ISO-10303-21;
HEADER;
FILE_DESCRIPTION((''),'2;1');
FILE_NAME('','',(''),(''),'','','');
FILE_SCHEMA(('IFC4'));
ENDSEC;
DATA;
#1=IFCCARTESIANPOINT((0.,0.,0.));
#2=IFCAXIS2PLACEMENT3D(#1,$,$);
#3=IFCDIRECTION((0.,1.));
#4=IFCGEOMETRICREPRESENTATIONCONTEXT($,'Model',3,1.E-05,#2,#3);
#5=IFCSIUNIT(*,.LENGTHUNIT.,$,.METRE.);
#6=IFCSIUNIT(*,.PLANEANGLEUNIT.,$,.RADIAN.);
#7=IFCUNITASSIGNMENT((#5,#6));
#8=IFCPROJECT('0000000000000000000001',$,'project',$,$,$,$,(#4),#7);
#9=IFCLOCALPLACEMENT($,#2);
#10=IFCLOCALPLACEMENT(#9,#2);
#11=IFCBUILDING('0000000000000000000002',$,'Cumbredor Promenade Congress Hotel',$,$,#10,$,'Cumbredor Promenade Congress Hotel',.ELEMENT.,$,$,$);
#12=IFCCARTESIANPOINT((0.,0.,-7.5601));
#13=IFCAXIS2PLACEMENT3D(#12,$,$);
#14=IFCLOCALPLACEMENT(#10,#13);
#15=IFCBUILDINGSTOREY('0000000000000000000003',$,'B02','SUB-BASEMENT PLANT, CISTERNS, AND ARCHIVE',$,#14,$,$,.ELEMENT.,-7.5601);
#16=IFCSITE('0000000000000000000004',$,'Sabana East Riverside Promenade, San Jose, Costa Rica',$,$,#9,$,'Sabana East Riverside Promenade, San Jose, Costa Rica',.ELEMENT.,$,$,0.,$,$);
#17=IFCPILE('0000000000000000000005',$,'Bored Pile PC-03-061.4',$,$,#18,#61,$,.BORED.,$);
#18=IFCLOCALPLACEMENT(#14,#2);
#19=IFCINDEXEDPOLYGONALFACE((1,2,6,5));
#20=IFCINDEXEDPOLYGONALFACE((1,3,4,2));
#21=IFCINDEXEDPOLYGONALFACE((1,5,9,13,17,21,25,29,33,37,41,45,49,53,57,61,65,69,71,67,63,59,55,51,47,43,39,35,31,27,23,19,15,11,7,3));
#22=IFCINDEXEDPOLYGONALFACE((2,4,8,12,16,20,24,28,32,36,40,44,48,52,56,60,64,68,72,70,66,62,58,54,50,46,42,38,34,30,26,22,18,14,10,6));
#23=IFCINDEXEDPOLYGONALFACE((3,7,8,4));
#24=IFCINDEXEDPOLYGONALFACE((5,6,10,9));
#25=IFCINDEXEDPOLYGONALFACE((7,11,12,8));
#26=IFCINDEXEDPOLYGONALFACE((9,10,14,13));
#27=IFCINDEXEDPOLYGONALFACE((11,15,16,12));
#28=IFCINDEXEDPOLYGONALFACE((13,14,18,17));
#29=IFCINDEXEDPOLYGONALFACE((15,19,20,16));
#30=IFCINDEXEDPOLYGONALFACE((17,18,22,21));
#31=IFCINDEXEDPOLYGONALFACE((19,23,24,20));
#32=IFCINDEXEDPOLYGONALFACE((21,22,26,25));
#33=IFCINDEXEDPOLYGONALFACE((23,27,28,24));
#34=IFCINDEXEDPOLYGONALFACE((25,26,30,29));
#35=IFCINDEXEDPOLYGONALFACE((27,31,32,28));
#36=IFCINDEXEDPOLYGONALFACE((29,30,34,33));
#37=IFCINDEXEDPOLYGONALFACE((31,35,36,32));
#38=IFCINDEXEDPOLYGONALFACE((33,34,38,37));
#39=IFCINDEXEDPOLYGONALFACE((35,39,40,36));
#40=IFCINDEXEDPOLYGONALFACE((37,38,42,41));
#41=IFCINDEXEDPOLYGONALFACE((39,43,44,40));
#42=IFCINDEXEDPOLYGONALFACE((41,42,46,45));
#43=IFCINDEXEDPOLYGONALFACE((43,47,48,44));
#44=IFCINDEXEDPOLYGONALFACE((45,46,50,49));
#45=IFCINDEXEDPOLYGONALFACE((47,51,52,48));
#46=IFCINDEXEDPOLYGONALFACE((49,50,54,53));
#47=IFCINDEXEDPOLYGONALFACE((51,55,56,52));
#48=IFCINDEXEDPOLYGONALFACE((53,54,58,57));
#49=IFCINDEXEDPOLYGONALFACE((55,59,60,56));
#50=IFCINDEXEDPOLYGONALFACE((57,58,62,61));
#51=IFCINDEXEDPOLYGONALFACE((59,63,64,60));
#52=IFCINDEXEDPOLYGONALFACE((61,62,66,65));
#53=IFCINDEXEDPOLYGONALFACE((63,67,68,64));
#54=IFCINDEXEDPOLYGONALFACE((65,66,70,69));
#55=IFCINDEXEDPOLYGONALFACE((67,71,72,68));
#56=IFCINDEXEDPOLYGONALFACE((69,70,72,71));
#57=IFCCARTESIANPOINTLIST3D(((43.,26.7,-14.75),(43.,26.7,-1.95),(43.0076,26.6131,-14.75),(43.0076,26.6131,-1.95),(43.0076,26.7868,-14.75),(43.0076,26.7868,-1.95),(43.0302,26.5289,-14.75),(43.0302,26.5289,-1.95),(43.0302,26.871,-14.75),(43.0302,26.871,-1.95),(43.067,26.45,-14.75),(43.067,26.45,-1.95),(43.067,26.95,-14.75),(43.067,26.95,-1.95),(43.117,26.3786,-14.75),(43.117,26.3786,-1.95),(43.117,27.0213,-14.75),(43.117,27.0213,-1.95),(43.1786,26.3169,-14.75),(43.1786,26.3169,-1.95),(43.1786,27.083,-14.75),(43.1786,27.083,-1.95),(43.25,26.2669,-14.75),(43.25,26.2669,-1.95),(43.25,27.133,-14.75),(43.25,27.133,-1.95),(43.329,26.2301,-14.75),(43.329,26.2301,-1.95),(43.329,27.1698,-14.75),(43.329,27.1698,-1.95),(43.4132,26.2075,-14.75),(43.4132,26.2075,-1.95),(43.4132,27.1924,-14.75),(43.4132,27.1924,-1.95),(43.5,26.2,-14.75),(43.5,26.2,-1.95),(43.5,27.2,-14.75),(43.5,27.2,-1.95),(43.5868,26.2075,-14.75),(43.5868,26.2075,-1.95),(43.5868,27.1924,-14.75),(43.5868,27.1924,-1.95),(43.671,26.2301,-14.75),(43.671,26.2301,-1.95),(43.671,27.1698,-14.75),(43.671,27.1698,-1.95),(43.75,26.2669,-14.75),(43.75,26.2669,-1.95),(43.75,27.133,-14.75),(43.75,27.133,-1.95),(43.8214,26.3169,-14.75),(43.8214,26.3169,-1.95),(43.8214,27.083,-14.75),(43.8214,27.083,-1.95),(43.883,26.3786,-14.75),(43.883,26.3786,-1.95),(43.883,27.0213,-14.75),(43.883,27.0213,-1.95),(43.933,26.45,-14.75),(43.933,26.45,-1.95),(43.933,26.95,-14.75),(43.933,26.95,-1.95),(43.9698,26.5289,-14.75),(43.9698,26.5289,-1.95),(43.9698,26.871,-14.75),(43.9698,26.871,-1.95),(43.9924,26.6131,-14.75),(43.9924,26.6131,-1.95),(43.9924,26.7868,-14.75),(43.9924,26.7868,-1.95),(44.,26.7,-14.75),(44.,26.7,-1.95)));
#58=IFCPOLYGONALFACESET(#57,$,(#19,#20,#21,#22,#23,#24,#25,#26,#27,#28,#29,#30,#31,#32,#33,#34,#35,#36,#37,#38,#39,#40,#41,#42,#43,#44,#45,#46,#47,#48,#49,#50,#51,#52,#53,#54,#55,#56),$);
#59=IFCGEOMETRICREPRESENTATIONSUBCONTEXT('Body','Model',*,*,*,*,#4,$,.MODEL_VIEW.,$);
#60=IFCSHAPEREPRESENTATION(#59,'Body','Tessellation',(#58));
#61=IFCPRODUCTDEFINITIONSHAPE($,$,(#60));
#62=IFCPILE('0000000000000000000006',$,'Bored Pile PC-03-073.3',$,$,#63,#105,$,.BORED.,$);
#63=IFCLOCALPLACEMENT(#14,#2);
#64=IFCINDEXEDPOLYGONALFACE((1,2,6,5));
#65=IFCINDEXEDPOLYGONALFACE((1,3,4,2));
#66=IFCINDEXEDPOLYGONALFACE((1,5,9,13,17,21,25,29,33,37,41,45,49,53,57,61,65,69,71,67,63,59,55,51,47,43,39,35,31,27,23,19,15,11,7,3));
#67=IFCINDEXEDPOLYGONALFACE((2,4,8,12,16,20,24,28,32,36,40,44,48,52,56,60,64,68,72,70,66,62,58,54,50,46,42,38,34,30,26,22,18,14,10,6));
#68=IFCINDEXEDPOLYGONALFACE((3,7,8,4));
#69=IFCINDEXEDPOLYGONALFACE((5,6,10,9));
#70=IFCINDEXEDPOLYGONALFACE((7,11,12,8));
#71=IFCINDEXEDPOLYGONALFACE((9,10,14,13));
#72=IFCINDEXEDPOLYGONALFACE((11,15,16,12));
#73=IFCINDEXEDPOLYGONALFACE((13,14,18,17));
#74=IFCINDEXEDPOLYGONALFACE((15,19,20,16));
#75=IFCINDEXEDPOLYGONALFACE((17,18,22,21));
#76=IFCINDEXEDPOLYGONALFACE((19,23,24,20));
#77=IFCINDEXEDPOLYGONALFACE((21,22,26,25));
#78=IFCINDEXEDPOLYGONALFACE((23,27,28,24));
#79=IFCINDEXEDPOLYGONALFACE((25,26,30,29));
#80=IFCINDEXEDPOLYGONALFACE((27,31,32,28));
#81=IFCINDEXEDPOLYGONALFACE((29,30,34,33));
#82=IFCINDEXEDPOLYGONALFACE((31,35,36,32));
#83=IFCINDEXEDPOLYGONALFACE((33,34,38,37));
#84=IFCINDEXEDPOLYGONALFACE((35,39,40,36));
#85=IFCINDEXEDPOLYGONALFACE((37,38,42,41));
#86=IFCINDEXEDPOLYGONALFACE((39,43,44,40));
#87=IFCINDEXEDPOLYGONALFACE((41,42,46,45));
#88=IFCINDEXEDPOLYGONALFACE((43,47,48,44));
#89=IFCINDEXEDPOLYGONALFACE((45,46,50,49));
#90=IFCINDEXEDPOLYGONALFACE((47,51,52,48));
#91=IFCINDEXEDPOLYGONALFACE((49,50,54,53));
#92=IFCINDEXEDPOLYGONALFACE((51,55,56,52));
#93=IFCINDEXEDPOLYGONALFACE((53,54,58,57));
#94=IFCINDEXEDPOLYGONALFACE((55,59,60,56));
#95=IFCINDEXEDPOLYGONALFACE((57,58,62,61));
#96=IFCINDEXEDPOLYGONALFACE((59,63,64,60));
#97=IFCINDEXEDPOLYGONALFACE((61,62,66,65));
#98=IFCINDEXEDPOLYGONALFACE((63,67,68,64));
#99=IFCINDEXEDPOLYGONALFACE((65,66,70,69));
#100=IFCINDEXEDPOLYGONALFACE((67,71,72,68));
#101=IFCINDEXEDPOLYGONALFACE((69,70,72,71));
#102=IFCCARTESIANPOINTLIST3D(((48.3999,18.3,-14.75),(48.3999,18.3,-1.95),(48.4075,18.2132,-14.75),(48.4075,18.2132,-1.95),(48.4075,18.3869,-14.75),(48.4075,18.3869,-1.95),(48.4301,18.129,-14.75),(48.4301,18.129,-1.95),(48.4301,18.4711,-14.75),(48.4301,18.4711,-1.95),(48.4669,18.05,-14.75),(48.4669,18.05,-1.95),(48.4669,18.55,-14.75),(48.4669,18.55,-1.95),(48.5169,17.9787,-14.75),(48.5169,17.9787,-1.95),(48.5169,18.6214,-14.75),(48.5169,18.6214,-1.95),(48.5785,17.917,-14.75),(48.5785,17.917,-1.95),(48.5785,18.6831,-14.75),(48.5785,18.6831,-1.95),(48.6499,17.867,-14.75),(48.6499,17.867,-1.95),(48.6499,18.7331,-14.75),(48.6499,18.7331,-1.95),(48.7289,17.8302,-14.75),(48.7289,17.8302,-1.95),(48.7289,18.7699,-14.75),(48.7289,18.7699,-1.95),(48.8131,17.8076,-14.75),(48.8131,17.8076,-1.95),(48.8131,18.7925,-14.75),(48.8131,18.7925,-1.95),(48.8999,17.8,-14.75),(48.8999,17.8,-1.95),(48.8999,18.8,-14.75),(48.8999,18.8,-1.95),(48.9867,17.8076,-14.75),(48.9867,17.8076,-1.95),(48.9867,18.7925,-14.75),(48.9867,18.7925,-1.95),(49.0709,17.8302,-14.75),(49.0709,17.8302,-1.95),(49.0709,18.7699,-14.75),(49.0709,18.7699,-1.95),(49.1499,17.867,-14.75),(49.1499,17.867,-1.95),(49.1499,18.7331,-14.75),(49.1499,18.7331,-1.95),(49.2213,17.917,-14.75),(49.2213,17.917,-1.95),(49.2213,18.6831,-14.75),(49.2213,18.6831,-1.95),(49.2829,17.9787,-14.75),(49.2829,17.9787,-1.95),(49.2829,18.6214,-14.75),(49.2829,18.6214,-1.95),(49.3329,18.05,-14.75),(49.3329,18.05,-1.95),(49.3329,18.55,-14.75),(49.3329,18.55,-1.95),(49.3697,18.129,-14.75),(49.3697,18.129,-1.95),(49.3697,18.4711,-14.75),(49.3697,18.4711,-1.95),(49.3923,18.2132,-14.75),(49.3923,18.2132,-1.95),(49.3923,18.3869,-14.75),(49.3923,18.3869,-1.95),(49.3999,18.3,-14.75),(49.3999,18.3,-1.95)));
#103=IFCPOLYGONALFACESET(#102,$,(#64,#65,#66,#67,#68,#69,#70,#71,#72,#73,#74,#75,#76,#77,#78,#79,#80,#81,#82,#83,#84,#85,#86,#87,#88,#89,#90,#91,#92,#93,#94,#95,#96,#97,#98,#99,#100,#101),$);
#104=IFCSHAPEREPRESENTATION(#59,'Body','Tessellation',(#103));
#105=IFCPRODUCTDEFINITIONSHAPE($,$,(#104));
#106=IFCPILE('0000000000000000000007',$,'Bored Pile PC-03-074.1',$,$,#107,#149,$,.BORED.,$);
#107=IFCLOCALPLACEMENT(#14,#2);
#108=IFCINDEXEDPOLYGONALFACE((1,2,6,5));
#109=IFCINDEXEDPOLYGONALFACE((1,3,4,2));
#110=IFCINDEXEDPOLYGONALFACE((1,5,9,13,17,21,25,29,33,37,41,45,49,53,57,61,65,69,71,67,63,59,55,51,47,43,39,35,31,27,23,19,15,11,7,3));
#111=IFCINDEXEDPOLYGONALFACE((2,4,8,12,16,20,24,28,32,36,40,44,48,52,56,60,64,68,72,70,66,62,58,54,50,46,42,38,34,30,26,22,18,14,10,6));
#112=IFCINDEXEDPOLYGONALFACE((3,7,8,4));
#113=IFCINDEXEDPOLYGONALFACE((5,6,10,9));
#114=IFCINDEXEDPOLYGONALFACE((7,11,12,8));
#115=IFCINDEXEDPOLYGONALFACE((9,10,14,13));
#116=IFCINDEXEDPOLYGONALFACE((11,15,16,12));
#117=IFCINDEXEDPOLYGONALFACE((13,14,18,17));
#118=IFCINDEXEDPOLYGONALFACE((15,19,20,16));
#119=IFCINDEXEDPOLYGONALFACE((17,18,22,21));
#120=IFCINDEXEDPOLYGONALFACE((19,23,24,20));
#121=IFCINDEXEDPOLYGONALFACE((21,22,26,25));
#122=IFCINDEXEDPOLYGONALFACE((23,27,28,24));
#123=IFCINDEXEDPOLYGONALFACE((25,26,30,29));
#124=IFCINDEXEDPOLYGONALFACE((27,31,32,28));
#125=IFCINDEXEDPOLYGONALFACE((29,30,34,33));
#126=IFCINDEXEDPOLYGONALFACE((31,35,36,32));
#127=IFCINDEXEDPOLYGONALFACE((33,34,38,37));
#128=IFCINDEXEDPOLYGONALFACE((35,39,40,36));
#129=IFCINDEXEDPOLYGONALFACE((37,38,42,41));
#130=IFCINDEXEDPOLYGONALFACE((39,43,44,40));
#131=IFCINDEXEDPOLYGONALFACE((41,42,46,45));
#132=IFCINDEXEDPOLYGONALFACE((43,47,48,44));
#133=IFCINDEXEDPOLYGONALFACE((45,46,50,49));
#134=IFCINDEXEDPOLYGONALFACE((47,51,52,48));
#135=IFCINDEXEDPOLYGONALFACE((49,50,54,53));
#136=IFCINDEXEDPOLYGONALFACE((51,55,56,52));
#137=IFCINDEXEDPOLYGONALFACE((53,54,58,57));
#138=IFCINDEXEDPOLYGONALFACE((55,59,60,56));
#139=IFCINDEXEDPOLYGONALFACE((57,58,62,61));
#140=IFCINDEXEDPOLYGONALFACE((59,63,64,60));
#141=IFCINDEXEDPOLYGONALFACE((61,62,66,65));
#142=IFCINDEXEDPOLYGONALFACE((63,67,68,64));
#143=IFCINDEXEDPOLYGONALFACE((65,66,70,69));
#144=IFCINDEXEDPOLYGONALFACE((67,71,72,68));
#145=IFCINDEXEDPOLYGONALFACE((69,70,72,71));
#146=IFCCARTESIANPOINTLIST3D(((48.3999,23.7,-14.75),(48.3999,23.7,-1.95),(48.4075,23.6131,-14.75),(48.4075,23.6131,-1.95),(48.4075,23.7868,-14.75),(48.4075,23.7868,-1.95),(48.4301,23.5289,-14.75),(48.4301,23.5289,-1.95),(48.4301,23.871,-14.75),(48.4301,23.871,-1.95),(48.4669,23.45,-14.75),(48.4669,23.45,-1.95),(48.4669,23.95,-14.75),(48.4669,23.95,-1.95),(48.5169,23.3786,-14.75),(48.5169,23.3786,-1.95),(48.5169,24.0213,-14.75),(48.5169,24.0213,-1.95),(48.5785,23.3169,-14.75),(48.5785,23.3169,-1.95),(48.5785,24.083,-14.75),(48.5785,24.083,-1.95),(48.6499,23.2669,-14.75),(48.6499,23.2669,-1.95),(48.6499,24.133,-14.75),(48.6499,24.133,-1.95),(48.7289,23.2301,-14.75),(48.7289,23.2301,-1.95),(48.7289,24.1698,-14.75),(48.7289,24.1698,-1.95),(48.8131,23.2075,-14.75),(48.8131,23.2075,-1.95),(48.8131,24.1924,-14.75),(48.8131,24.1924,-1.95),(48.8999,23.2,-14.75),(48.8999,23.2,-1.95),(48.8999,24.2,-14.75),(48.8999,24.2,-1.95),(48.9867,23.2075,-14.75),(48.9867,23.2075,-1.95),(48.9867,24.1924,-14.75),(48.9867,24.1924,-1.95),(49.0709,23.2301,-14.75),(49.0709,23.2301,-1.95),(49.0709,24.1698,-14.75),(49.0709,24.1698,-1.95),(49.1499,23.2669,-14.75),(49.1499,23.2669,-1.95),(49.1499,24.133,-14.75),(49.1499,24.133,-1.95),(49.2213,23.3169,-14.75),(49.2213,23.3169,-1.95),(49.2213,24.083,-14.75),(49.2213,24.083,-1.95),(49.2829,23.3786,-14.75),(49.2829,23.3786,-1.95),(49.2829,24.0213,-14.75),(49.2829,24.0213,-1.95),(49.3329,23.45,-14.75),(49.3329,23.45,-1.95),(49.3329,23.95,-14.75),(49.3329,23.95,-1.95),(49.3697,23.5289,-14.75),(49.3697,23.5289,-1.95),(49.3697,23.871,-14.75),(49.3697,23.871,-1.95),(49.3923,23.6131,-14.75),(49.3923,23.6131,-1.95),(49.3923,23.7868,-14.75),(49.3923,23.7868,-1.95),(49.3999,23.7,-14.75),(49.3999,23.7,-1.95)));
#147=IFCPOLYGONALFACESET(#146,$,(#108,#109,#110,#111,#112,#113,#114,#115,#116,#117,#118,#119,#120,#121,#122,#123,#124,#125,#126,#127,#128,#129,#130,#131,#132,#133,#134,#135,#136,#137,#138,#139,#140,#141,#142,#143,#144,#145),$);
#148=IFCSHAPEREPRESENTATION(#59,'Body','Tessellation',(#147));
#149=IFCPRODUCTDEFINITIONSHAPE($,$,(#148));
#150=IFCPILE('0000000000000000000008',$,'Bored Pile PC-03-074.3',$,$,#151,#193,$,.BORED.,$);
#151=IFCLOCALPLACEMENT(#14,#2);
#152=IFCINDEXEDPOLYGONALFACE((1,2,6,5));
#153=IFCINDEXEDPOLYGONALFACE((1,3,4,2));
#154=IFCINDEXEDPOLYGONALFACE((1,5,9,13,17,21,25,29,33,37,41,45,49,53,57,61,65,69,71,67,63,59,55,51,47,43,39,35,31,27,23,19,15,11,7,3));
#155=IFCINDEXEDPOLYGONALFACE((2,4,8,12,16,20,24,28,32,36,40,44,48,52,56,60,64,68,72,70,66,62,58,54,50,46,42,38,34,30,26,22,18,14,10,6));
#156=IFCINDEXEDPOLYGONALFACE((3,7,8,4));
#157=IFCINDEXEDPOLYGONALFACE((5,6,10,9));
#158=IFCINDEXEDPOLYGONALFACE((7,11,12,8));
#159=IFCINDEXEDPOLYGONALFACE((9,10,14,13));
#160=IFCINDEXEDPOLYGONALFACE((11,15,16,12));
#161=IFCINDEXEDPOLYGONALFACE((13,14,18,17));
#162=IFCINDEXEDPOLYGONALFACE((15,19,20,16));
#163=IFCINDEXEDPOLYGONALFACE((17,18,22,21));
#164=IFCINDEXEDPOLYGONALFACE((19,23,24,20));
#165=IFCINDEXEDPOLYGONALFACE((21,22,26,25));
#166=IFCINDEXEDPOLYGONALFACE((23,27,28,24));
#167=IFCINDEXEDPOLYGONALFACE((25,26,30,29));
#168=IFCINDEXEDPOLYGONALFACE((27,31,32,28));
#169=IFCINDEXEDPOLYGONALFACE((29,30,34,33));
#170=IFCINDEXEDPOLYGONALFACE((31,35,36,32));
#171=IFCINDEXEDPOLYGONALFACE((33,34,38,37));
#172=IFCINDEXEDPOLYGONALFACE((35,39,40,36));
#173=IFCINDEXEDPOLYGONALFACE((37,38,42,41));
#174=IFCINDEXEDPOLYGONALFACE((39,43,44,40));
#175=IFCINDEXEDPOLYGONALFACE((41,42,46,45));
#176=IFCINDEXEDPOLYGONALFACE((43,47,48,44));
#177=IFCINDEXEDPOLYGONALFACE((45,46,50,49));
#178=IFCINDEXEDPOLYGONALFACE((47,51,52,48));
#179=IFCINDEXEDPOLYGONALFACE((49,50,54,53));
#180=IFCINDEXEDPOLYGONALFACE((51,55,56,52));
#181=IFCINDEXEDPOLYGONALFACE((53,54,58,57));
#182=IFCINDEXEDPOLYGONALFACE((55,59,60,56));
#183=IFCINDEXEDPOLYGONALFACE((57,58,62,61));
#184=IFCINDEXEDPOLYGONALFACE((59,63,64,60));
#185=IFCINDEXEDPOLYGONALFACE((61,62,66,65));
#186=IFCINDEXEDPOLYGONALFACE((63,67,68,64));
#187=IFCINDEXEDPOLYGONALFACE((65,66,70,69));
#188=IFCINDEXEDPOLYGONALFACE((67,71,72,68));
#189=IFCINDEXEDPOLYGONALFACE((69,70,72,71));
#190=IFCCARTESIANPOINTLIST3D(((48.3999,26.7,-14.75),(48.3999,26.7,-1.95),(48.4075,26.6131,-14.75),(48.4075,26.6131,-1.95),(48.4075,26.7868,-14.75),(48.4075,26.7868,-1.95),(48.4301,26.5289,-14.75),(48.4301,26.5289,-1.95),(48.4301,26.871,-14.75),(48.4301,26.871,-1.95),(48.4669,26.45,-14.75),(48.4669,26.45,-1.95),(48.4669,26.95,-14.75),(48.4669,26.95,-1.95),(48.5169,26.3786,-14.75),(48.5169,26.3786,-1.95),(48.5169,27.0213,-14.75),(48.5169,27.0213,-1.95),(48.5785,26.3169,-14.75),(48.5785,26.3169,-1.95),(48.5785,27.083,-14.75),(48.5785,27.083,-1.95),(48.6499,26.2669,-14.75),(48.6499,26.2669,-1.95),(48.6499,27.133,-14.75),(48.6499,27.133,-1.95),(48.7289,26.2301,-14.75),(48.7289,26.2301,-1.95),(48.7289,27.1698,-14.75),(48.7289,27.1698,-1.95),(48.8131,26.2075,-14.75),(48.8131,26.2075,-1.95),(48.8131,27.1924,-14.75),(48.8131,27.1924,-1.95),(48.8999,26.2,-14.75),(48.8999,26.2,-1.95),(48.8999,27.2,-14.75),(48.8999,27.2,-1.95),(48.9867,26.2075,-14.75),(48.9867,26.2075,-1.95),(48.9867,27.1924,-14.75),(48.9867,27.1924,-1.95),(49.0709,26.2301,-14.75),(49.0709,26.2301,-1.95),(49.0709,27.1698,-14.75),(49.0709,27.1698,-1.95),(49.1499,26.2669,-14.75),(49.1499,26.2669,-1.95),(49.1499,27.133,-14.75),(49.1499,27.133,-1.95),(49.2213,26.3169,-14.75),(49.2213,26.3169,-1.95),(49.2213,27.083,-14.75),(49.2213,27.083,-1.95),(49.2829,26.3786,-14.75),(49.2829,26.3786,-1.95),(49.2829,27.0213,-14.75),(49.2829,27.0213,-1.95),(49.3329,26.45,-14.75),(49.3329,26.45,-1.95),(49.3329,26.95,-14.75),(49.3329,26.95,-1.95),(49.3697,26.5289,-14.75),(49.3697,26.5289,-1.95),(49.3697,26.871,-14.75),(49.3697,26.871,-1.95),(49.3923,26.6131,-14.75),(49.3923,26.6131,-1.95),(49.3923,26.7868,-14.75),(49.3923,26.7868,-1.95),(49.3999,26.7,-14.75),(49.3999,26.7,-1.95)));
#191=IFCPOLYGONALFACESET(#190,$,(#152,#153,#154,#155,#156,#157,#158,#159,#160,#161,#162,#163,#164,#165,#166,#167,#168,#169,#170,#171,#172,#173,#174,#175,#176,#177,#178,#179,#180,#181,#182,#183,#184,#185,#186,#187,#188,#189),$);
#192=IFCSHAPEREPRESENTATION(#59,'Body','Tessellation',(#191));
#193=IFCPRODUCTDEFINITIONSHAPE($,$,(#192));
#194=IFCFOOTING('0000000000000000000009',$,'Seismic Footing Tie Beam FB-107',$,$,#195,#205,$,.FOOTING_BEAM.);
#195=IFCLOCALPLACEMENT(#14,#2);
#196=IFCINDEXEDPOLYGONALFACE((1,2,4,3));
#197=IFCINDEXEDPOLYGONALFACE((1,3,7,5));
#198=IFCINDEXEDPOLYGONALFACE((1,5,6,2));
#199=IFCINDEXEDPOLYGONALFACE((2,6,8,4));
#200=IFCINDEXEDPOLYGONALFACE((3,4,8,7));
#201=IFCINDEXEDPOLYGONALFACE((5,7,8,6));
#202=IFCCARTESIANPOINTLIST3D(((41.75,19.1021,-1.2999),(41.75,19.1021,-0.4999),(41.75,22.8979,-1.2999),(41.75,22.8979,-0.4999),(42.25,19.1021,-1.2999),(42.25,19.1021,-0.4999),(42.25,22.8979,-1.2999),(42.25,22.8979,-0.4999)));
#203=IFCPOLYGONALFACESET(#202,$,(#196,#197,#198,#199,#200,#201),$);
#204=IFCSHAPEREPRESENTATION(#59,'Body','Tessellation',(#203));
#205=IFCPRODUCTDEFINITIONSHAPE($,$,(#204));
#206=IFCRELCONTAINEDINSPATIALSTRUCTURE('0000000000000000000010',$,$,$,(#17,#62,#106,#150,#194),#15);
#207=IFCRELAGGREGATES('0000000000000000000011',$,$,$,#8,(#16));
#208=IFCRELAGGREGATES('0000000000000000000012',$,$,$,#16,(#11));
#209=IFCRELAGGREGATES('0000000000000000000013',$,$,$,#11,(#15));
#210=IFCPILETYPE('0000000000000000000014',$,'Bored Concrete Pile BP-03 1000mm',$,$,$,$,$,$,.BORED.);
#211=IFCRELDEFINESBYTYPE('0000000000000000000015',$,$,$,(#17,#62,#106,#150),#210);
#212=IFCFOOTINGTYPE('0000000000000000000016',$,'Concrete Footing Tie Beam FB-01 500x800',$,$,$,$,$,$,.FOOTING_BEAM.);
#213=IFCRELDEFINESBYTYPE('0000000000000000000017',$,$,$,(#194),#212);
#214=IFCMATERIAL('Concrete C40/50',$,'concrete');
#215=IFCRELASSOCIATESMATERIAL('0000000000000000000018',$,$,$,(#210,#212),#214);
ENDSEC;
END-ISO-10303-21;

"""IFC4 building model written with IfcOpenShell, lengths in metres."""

from ifc_helpers import new_model, si_unit, direction, frame, origin, origin_2d, place, context, subcontext, project, spatial, rectangle, circle, extrude, material, material_profile, profile_set, type_object, element, save


model = new_model("IFC4")

# Units and contexts
model_context = context("Model", 3, precision=1e-05, world=origin(), true_north=direction((0.0, 1.0)))
body_context = subcontext(model_context, "Body", "Model", "MODEL_VIEW")
ifc_project = project(units=[si_unit("LENGTHUNIT", "METRE"), si_unit("PLANEANGLEUNIT", "RADIAN")], contexts=[model_context])

# Site, building, storey
site_placement = place(None, origin())
site = spatial("IfcSite", under=ifc_project, at=site_placement, Name="Sabana East Riverside Promenade, San Jose, Costa Rica", LongName="Sabana East Riverside Promenade, San Jose, Costa Rica", CompositionType="ELEMENT", RefElevation=0.0)
building_placement = place(site_placement, origin())
building = spatial("IfcBuilding", under=site, at=building_placement, Name="Cumbredor Promenade Congress Hotel", LongName="Cumbredor Promenade Congress Hotel", CompositionType="ELEMENT")
storey_placement = place(building_placement, frame((0.0, 0.0, -7.5601)))
storey = spatial("IfcBuildingStorey", under=building, at=storey_placement, Name="B02", Description="SUB-BASEMENT PLANT, CISTERNS, AND ARCHIVE", CompositionType="ELEMENT", Elevation=-7.5601)

# Piles
ifc_material_1 = material(Name="Concrete C40/50", Category="concrete")
ifc_material_profile_1 = material_profile(ifc_material_1, circle(Radius=0.5, at=origin_2d()), Name="PILE D1000")
ifc_profile_set_1 = profile_set([ifc_material_profile_1], Name="Concrete C40/50")
pile_type = type_object("IfcPileType", Name="Bored Concrete Pile BP-03 1000mm", PredefinedType="BORED", material=ifc_profile_set_1)
for number, where, z_axis, x_axis, name in (
    (1, (43.5, 26.7, -1.95), (0.0, 0.0, -1.0), (1.0, 0.0, 0.0), "Bored Pile PC-03-061.4"),
    (2, (48.8999, 18.3, -1.95), (0.0, 0.0, -1.0), (1.0, 0.0, 0.0), "Bored Pile PC-03-073.3"),
    (3, (48.8999, 23.7, -1.95), (0.0, 0.0, -1.0), (1.0, 0.0, 0.0), "Bored Pile PC-03-074.1"),
    (4, (48.8999, 26.7, -1.95), (0.0, 0.0, -1.0), (1.0, 0.0, 0.0), "Bored Pile PC-03-074.3"),
):
    element("IfcPile", number, at=place(storey_placement, frame(where, z_axis=z_axis, x_axis=x_axis)), inside=storey, type_object=pile_type, Name=name, PredefinedType="BORED", context=body_context, shape_type="SweptSolid", body=[
        extrude(circle(Radius=0.5, at=origin_2d()), origin(), (0.0, 0.0, 1.0), 12.8),
    ])

# Footing
ifc_material_profile_2 = material_profile(ifc_material_1, rectangle(XDim=0.5, YDim=0.8, at=origin_2d()), Name="FB 500x800")
ifc_profile_set_2 = profile_set([ifc_material_profile_2], Name="Concrete C40/50")
footing_type_1 = type_object("IfcFootingType", Name="Concrete Footing Tie Beam FB-01 500x800", PredefinedType="FOOTING_BEAM", material=ifc_profile_set_2)
footing_1_placement = place(storey_placement, frame((42.0, 19.1021, -0.8999), z_axis=(0.0, 1.0, 0.0), x_axis=(-1.0, 0.0, 0.0)))
element("IfcFooting", 5, at=footing_1_placement, inside=storey, type_object=footing_type_1, Name="Seismic Footing Tie Beam FB-107", PredefinedType="FOOTING_BEAM", context=body_context, shape_type="SweptSolid", body=[
    extrude(rectangle(XDim=0.5, YDim=0.8, at=origin_2d()), origin(), (0.0, 0.0, 1.0), 3.7959),
])

save(model, "model.ifc")
